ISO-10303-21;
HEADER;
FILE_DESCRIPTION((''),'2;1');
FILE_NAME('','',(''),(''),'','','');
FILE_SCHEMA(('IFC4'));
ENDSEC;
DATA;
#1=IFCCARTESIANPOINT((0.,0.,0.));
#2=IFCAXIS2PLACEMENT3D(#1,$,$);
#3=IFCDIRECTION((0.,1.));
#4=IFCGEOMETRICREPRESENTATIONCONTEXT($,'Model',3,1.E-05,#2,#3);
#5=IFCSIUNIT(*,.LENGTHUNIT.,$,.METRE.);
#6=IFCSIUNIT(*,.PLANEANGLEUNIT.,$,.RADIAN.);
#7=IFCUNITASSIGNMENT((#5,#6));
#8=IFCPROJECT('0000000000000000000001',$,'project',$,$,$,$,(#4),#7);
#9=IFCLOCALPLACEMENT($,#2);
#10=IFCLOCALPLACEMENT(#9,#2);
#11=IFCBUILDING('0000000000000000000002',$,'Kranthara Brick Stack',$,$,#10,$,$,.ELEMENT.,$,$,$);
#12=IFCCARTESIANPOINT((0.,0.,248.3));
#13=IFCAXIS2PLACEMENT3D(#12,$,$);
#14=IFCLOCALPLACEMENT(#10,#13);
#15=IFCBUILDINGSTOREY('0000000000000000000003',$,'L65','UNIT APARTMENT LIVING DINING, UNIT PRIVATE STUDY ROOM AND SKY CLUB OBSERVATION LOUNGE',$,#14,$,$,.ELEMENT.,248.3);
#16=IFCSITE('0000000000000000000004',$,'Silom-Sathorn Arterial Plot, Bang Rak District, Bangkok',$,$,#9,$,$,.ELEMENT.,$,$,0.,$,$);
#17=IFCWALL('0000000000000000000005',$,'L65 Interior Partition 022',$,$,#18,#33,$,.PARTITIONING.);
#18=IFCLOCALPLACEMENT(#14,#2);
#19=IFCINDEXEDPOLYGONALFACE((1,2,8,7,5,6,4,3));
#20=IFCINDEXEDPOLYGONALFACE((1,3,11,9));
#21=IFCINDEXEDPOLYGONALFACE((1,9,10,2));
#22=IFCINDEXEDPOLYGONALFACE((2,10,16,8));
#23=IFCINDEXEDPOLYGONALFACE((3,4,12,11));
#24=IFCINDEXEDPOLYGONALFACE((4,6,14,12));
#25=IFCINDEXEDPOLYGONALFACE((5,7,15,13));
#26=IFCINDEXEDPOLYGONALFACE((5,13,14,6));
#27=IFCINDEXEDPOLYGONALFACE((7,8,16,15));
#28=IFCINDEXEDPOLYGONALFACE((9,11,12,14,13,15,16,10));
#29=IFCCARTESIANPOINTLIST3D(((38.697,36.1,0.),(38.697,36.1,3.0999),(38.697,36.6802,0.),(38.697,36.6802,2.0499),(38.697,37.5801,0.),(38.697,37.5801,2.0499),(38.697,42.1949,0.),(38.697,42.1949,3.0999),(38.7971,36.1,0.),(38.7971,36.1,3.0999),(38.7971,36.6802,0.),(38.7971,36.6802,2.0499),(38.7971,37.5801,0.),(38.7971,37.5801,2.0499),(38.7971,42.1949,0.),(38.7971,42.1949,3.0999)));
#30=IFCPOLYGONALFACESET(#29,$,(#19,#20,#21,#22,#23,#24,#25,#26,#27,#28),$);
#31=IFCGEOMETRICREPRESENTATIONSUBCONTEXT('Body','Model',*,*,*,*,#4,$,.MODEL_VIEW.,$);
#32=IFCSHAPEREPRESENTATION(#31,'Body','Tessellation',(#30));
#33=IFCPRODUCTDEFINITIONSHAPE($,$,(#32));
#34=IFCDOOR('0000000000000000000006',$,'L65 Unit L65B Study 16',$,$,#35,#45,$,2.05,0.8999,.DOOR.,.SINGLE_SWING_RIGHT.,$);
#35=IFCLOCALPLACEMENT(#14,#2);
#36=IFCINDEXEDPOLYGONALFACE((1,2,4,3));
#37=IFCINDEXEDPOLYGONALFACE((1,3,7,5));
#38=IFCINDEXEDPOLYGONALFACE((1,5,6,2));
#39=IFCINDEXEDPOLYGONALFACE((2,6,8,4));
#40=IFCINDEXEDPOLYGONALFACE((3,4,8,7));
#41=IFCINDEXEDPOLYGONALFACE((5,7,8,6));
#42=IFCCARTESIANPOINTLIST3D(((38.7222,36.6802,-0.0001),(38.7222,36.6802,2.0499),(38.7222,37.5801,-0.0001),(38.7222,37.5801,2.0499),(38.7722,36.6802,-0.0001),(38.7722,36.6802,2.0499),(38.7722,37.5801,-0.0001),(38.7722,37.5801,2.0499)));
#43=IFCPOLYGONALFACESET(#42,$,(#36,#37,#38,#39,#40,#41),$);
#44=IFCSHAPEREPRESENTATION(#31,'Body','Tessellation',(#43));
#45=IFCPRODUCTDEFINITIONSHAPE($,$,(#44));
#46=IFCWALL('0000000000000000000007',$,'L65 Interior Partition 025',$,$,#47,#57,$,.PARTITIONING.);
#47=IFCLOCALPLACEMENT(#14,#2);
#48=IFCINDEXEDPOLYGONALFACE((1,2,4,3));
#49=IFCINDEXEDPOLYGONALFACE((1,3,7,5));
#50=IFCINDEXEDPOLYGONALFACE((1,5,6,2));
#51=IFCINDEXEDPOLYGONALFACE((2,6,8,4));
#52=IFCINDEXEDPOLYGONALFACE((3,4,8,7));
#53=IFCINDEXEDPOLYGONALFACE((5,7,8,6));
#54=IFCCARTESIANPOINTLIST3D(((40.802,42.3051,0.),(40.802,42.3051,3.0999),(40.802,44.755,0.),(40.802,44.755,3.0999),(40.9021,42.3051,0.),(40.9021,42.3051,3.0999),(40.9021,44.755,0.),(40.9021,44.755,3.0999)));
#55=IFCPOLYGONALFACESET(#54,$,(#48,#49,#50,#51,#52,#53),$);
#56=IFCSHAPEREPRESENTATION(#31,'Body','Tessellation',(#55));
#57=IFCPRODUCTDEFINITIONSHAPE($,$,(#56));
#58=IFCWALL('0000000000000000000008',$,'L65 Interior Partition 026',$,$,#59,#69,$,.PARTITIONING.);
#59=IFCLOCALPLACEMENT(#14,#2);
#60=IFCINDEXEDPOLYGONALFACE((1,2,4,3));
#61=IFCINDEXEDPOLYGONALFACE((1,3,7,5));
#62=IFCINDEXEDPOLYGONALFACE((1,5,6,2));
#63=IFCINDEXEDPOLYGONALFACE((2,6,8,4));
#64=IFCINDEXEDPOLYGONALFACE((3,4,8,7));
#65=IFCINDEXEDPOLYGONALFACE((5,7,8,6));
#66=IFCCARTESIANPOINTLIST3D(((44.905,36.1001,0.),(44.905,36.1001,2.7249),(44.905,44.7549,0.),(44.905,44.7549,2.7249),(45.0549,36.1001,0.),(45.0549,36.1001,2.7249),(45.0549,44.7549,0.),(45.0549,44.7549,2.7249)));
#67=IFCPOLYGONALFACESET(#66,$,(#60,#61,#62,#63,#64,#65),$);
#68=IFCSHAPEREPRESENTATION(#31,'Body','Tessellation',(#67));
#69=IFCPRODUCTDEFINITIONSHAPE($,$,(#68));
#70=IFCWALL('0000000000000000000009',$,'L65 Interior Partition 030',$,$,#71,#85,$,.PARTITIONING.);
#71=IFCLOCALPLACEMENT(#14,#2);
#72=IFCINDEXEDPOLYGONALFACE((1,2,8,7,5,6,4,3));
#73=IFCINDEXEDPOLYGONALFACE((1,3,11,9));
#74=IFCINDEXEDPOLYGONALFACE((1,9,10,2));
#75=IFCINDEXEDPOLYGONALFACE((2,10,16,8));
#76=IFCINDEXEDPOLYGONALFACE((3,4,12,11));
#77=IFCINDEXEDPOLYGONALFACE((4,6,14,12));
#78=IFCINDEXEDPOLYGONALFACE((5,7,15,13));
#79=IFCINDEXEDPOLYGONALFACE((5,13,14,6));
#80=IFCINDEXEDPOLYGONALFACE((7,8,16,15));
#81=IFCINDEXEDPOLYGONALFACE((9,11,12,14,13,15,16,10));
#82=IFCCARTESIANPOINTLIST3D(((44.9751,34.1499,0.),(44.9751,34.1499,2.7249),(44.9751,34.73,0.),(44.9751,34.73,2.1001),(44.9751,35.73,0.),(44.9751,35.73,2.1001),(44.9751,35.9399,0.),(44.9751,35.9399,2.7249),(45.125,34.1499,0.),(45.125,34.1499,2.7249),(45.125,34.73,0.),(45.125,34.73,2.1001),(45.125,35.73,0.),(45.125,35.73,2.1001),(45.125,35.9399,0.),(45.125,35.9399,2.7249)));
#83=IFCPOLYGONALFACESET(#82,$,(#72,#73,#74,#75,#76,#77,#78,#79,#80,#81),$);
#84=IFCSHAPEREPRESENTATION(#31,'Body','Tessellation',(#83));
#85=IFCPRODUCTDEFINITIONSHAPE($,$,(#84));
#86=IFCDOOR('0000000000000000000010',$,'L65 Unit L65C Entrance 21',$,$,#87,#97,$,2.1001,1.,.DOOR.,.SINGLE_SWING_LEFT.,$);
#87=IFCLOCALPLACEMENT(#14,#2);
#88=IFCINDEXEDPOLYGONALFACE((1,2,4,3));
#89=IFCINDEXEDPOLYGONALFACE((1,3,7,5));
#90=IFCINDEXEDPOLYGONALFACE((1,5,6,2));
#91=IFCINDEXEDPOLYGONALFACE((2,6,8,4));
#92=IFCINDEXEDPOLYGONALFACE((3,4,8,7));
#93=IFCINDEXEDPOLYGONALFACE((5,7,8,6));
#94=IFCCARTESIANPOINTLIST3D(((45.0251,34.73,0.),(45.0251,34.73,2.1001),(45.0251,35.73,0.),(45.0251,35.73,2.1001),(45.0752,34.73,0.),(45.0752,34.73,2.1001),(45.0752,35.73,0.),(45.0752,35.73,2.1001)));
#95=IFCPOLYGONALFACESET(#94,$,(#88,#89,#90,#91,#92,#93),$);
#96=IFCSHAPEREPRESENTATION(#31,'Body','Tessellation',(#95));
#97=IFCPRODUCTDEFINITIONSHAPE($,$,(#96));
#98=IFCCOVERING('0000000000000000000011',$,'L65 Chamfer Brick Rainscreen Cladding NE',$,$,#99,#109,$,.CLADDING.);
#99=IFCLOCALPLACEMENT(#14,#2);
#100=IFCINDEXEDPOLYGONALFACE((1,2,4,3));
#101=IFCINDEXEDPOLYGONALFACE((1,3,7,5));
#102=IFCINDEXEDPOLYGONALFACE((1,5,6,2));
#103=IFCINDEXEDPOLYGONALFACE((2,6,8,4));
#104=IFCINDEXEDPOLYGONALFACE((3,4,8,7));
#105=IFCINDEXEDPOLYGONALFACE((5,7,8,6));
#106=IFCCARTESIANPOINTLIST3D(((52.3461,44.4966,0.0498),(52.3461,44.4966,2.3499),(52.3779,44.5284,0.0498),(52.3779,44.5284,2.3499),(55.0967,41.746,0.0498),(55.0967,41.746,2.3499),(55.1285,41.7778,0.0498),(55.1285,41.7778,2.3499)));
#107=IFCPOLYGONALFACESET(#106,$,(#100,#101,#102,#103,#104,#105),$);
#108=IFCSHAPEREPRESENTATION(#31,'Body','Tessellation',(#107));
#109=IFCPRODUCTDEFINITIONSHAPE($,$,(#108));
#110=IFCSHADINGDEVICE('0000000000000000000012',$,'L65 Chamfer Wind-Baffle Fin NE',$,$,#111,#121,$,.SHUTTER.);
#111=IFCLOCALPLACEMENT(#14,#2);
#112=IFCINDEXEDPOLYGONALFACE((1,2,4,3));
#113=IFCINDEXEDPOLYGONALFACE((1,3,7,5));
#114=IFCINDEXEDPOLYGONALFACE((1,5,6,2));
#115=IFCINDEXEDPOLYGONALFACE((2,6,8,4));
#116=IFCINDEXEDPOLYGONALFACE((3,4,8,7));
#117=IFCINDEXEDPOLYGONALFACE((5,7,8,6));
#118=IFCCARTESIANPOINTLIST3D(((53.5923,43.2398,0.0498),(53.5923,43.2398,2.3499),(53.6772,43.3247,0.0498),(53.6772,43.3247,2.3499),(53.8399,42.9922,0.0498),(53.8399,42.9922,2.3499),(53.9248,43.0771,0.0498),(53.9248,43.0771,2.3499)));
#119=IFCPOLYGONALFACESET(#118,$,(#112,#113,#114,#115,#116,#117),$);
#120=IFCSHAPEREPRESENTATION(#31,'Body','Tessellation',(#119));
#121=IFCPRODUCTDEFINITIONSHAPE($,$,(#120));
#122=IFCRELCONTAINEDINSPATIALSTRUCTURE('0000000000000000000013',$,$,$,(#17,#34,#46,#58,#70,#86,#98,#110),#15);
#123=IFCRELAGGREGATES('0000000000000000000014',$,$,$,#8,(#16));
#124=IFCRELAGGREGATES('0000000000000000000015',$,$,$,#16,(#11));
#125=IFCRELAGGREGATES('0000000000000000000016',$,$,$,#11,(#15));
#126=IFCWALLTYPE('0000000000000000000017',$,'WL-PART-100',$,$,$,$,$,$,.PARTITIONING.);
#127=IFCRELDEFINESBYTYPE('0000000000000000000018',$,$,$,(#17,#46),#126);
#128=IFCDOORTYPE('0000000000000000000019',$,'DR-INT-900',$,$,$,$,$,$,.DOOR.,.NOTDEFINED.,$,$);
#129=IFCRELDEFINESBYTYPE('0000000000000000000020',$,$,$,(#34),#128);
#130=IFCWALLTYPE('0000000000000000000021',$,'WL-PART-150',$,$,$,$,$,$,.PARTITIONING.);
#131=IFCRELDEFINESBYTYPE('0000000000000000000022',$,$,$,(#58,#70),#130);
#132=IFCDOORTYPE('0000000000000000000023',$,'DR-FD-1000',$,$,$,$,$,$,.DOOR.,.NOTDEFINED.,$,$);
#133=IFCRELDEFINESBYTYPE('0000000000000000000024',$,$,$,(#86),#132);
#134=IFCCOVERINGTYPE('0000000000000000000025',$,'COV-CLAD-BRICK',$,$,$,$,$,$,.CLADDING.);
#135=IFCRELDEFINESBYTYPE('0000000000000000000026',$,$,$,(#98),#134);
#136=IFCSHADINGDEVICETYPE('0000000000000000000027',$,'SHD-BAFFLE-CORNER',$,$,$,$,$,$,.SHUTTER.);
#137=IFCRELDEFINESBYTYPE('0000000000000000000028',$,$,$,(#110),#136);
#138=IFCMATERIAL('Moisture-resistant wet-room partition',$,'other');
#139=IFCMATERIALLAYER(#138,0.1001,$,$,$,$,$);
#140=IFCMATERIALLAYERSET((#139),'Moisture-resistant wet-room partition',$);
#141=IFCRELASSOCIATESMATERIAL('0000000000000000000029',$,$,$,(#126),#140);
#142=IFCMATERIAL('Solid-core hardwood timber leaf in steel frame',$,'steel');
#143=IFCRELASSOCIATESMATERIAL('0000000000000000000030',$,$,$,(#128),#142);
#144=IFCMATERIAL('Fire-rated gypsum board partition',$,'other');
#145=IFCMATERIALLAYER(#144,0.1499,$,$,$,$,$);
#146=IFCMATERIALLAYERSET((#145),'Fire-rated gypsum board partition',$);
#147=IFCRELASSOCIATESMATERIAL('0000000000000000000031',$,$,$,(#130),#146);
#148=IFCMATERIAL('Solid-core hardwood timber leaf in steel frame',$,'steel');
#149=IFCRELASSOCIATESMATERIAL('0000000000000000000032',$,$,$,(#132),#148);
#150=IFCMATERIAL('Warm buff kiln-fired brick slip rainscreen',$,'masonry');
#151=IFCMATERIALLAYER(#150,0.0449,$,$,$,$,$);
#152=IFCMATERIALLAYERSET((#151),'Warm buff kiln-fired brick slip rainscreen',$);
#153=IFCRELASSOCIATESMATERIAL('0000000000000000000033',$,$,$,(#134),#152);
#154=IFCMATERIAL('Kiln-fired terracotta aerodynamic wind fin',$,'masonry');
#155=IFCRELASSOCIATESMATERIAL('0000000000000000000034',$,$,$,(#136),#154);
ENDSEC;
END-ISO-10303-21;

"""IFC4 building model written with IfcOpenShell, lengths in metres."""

from ifc_helpers import new_model, si_unit, direction, frame, frame_2d, origin, origin_2d, place, context, subcontext, project, spatial, rectangle, extrude, material, layer, layer_set, type_object, element, fill, save


model = new_model("IFC4")

# Units and contexts
model_context = context("Model", 3, precision=1e-05, world=origin(), true_north=direction((0.0, 1.0)))
body_context = subcontext(model_context, "Body", "Model", "MODEL_VIEW")
ifc_project = project(units=[si_unit("LENGTHUNIT", "METRE"), si_unit("PLANEANGLEUNIT", "RADIAN")], contexts=[model_context])

# Site, building, storey
site_placement = place(None, origin())
site = spatial("IfcSite", under=ifc_project, at=site_placement, Name="Silom-Sathorn Arterial Plot, Bang Rak District, Bangkok", CompositionType="ELEMENT", RefElevation=0.0)
building_placement = place(site_placement, origin())
building = spatial("IfcBuilding", under=site, at=building_placement, Name="Kranthara Brick Stack", CompositionType="ELEMENT")
storey_placement = place(building_placement, frame((0.0, 0.0, 248.3)))
storey = spatial("IfcBuildingStorey", under=building, at=storey_placement, Name="L65", Description="UNIT APARTMENT LIVING DINING, UNIT PRIVATE STUDY ROOM AND SKY CLUB OBSERVATION LOUNGE", CompositionType="ELEMENT", Elevation=248.3)

# Wall, opening, door
ifc_material_1 = material(Name="Moisture-resistant wet-room partition", Category="other")
ifc_layer_1 = layer(ifc_material_1, 0.1001)
ifc_layer_set_1 = layer_set([ifc_layer_1], Name="Moisture-resistant wet-room partition")
wall_type_1 = type_object("IfcWallType", Name="WL-PART-100", PredefinedType="PARTITIONING", material=ifc_layer_set_1)
wall_1_placement = place(storey_placement, frame((38.7471, 36.1001, 0.0), z_axis=(0.0, 0.0, 1.0), x_axis=(0.0, 1.0, 0.0)))
wall_1 = element("IfcWall", 1, at=wall_1_placement, inside=storey, type_object=wall_type_1, Name="L65 Interior Partition 022", PredefinedType="PARTITIONING", context=body_context, shape_type="SweptSolid", body=[
    extrude(rectangle(XDim=6.095, YDim=0.1001, at=frame_2d((3.0474, 0.0))), origin(), (0.0, 0.0, 1.0), 3.0999),
])
opening_1_placement = place(wall_1_placement, frame((0.5801, 0.0, 0.0)))
opening_1 = element("IfcOpeningElement", 2, at=opening_1_placement, cuts=wall_1, PredefinedType="OPENING", context=body_context, shape_type="SweptSolid", body=[
    extrude(rectangle(XDim=0.8999, YDim=2.05, at=frame_2d((0.45, 1.0249))), frame((0.0, 0.0601, 0.0), z_axis=(0.0, -1.0, 0.0), x_axis=(1.0, 0.0, 0.0)), (0.0, 0.0, 1.0), 0.1201),
])
ifc_material_2 = material(Name="Solid-core hardwood timber leaf in steel frame", Category="steel")
door_type_1 = type_object("IfcDoorType", Name="DR-INT-900", OperationType="NOTDEFINED", PredefinedType="DOOR", material=ifc_material_2)
door_1_placement = place(opening_1_placement, origin())
door_1 = element("IfcDoor", 3, at=door_1_placement, inside=storey, type_object=door_type_1, Name="L65 Unit L65B Study 16", OperationType="SINGLE_SWING_RIGHT", OverallHeight=2.05, OverallWidth=0.8999, PredefinedType="DOOR", context=body_context, shape_type="SweptSolid", body=[
    extrude(rectangle(XDim=0.8999, YDim=2.05, at=frame_2d((0.45, 1.0249))), frame((0.0, 0.0249, 0.0), z_axis=(0.0, -1.0, 0.0), x_axis=(1.0, 0.0, 0.0)), (0.0, 0.0, 1.0), 0.05),
])
fill(opening_1, door_1)

# Walls
wall_2_placement = place(storey_placement, frame((40.8521, 42.3049, 0.0), z_axis=(0.0, 0.0, 1.0), x_axis=(0.0, 1.0, 0.0)))
element("IfcWall", 4, at=wall_2_placement, inside=storey, type_object=wall_type_1, Name="L65 Interior Partition 025", PredefinedType="PARTITIONING", context=body_context, shape_type="SweptSolid", body=[
    extrude(rectangle(XDim=2.45, YDim=0.1001, at=frame_2d((1.2251, 0.0))), origin(), (0.0, 0.0, 1.0), 3.0999),
])
ifc_material_3 = material(Name="Fire-rated gypsum board partition", Category="other")
ifc_layer_2 = layer(ifc_material_3, 0.1499)
ifc_layer_set_2 = layer_set([ifc_layer_2], Name="Fire-rated gypsum board partition")
wall_type_2 = type_object("IfcWallType", Name="WL-PART-150", PredefinedType="PARTITIONING", material=ifc_layer_set_2)
wall_3_placement = place(storey_placement, frame((44.98, 36.1001, 0.0), z_axis=(0.0, 0.0, 1.0), x_axis=(0.0, 1.0, 0.0)))
element("IfcWall", 5, at=wall_3_placement, inside=storey, type_object=wall_type_2, Name="L65 Interior Partition 026", PredefinedType="PARTITIONING", context=body_context, shape_type="SweptSolid", body=[
    extrude(rectangle(XDim=8.6548, YDim=0.1499, at=frame_2d((4.3274, 0.0))), origin(), (0.0, 0.0, 1.0), 2.7249),
])

# Wall, opening, door
wall_4_placement = place(storey_placement, frame((45.05, 34.1499, 0.0), z_axis=(0.0, 0.0, 1.0), x_axis=(0.0, 1.0, 0.0)))
wall_4 = element("IfcWall", 6, at=wall_4_placement, inside=storey, type_object=wall_type_2, Name="L65 Interior Partition 030", PredefinedType="PARTITIONING", context=body_context, shape_type="SweptSolid", body=[
    extrude(rectangle(XDim=1.79, YDim=0.1499, at=frame_2d((0.895, 0.0))), origin(), (0.0, 0.0, 1.0), 2.7249),
])
opening_2_placement = place(wall_4_placement, frame((0.5801, 0.0, 0.0)))
opening_2 = element("IfcOpeningElement", 7, at=opening_2_placement, cuts=wall_4, PredefinedType="OPENING", context=body_context, shape_type="SweptSolid", body=[
    extrude(rectangle(XDim=1.0, YDim=2.1001, at=frame_2d((0.5, 1.05))), frame((0.0, 0.085, 0.0), z_axis=(0.0, -1.0, 0.0), x_axis=(1.0, 0.0, 0.0)), (0.0, 0.0, 1.0), 0.1699),
])
ifc_material_4 = material(Name="Solid-core hardwood timber leaf in steel frame", Category="steel")
door_type_2 = type_object("IfcDoorType", Name="DR-FD-1000", OperationType="NOTDEFINED", PredefinedType="DOOR", material=ifc_material_4)
door_2_placement = place(opening_2_placement, origin())
door_2 = element("IfcDoor", 8, at=door_2_placement, inside=storey, type_object=door_type_2, Name="L65 Unit L65C Entrance 21", OperationType="SINGLE_SWING_LEFT", OverallHeight=2.1001, OverallWidth=1.0, PredefinedType="DOOR", context=body_context, shape_type="SweptSolid", body=[
    extrude(rectangle(XDim=1.0, YDim=2.1001, at=frame_2d((0.5, 1.05))), frame((0.0, 0.0249, 0.0), z_axis=(0.0, -1.0, 0.0), x_axis=(1.0, 0.0, 0.0)), (0.0, 0.0, 1.0), 0.05),
])
fill(opening_2, door_2)

# Covering
ifc_material_5 = material(Name="Warm buff kiln-fired brick slip rainscreen", Category="masonry")
ifc_layer_3 = layer(ifc_material_5, 0.0449)
ifc_layer_set_3 = layer_set([ifc_layer_3], Name="Warm buff kiln-fired brick slip rainscreen")
covering_type = type_object("IfcCoveringType", Name="COV-CLAD-BRICK", PredefinedType="CLADDING", material=ifc_layer_set_3)
covering_placement = place(storey_placement, frame((53.7373, 43.1372, 0.0498), z_axis=(0.0, 0.0, 1.0), x_axis=(0.707107, -0.707107, 0.0)))
element("IfcCovering", 9, at=covering_placement, inside=storey, type_object=covering_type, Name="L65 Chamfer Brick Rainscreen Cladding NE", PredefinedType="CLADDING", context=body_context, shape_type="SweptSolid", body=[
    extrude(rectangle(XDim=3.8899, YDim=0.0449, at=origin_2d()), origin(), (0.0, 0.0, 1.0), 2.3),
])

# Shading device
ifc_material_6 = material(Name="Kiln-fired terracotta aerodynamic wind fin", Category="masonry")
shading_device_type = type_object("IfcShadingDeviceType", Name="SHD-BAFFLE-CORNER", PredefinedType="SHUTTER", material=ifc_material_6)
shading_device_placement = place(storey_placement, frame((53.7585, 43.1584, 0.0498), z_axis=(0.0, 0.0, 1.0), x_axis=(0.707107, -0.707107, 0.0)))
element("IfcShadingDevice", 10, at=shading_device_placement, inside=storey, type_object=shading_device_type, Name="L65 Chamfer Wind-Baffle Fin NE", PredefinedType="SHUTTER", context=body_context, shape_type="SweptSolid", body=[
    extrude(rectangle(XDim=0.3501, YDim=0.1201, at=origin_2d()), origin(), (0.0, 0.0, 1.0), 2.3),
])

save(model, "model.ifc")
